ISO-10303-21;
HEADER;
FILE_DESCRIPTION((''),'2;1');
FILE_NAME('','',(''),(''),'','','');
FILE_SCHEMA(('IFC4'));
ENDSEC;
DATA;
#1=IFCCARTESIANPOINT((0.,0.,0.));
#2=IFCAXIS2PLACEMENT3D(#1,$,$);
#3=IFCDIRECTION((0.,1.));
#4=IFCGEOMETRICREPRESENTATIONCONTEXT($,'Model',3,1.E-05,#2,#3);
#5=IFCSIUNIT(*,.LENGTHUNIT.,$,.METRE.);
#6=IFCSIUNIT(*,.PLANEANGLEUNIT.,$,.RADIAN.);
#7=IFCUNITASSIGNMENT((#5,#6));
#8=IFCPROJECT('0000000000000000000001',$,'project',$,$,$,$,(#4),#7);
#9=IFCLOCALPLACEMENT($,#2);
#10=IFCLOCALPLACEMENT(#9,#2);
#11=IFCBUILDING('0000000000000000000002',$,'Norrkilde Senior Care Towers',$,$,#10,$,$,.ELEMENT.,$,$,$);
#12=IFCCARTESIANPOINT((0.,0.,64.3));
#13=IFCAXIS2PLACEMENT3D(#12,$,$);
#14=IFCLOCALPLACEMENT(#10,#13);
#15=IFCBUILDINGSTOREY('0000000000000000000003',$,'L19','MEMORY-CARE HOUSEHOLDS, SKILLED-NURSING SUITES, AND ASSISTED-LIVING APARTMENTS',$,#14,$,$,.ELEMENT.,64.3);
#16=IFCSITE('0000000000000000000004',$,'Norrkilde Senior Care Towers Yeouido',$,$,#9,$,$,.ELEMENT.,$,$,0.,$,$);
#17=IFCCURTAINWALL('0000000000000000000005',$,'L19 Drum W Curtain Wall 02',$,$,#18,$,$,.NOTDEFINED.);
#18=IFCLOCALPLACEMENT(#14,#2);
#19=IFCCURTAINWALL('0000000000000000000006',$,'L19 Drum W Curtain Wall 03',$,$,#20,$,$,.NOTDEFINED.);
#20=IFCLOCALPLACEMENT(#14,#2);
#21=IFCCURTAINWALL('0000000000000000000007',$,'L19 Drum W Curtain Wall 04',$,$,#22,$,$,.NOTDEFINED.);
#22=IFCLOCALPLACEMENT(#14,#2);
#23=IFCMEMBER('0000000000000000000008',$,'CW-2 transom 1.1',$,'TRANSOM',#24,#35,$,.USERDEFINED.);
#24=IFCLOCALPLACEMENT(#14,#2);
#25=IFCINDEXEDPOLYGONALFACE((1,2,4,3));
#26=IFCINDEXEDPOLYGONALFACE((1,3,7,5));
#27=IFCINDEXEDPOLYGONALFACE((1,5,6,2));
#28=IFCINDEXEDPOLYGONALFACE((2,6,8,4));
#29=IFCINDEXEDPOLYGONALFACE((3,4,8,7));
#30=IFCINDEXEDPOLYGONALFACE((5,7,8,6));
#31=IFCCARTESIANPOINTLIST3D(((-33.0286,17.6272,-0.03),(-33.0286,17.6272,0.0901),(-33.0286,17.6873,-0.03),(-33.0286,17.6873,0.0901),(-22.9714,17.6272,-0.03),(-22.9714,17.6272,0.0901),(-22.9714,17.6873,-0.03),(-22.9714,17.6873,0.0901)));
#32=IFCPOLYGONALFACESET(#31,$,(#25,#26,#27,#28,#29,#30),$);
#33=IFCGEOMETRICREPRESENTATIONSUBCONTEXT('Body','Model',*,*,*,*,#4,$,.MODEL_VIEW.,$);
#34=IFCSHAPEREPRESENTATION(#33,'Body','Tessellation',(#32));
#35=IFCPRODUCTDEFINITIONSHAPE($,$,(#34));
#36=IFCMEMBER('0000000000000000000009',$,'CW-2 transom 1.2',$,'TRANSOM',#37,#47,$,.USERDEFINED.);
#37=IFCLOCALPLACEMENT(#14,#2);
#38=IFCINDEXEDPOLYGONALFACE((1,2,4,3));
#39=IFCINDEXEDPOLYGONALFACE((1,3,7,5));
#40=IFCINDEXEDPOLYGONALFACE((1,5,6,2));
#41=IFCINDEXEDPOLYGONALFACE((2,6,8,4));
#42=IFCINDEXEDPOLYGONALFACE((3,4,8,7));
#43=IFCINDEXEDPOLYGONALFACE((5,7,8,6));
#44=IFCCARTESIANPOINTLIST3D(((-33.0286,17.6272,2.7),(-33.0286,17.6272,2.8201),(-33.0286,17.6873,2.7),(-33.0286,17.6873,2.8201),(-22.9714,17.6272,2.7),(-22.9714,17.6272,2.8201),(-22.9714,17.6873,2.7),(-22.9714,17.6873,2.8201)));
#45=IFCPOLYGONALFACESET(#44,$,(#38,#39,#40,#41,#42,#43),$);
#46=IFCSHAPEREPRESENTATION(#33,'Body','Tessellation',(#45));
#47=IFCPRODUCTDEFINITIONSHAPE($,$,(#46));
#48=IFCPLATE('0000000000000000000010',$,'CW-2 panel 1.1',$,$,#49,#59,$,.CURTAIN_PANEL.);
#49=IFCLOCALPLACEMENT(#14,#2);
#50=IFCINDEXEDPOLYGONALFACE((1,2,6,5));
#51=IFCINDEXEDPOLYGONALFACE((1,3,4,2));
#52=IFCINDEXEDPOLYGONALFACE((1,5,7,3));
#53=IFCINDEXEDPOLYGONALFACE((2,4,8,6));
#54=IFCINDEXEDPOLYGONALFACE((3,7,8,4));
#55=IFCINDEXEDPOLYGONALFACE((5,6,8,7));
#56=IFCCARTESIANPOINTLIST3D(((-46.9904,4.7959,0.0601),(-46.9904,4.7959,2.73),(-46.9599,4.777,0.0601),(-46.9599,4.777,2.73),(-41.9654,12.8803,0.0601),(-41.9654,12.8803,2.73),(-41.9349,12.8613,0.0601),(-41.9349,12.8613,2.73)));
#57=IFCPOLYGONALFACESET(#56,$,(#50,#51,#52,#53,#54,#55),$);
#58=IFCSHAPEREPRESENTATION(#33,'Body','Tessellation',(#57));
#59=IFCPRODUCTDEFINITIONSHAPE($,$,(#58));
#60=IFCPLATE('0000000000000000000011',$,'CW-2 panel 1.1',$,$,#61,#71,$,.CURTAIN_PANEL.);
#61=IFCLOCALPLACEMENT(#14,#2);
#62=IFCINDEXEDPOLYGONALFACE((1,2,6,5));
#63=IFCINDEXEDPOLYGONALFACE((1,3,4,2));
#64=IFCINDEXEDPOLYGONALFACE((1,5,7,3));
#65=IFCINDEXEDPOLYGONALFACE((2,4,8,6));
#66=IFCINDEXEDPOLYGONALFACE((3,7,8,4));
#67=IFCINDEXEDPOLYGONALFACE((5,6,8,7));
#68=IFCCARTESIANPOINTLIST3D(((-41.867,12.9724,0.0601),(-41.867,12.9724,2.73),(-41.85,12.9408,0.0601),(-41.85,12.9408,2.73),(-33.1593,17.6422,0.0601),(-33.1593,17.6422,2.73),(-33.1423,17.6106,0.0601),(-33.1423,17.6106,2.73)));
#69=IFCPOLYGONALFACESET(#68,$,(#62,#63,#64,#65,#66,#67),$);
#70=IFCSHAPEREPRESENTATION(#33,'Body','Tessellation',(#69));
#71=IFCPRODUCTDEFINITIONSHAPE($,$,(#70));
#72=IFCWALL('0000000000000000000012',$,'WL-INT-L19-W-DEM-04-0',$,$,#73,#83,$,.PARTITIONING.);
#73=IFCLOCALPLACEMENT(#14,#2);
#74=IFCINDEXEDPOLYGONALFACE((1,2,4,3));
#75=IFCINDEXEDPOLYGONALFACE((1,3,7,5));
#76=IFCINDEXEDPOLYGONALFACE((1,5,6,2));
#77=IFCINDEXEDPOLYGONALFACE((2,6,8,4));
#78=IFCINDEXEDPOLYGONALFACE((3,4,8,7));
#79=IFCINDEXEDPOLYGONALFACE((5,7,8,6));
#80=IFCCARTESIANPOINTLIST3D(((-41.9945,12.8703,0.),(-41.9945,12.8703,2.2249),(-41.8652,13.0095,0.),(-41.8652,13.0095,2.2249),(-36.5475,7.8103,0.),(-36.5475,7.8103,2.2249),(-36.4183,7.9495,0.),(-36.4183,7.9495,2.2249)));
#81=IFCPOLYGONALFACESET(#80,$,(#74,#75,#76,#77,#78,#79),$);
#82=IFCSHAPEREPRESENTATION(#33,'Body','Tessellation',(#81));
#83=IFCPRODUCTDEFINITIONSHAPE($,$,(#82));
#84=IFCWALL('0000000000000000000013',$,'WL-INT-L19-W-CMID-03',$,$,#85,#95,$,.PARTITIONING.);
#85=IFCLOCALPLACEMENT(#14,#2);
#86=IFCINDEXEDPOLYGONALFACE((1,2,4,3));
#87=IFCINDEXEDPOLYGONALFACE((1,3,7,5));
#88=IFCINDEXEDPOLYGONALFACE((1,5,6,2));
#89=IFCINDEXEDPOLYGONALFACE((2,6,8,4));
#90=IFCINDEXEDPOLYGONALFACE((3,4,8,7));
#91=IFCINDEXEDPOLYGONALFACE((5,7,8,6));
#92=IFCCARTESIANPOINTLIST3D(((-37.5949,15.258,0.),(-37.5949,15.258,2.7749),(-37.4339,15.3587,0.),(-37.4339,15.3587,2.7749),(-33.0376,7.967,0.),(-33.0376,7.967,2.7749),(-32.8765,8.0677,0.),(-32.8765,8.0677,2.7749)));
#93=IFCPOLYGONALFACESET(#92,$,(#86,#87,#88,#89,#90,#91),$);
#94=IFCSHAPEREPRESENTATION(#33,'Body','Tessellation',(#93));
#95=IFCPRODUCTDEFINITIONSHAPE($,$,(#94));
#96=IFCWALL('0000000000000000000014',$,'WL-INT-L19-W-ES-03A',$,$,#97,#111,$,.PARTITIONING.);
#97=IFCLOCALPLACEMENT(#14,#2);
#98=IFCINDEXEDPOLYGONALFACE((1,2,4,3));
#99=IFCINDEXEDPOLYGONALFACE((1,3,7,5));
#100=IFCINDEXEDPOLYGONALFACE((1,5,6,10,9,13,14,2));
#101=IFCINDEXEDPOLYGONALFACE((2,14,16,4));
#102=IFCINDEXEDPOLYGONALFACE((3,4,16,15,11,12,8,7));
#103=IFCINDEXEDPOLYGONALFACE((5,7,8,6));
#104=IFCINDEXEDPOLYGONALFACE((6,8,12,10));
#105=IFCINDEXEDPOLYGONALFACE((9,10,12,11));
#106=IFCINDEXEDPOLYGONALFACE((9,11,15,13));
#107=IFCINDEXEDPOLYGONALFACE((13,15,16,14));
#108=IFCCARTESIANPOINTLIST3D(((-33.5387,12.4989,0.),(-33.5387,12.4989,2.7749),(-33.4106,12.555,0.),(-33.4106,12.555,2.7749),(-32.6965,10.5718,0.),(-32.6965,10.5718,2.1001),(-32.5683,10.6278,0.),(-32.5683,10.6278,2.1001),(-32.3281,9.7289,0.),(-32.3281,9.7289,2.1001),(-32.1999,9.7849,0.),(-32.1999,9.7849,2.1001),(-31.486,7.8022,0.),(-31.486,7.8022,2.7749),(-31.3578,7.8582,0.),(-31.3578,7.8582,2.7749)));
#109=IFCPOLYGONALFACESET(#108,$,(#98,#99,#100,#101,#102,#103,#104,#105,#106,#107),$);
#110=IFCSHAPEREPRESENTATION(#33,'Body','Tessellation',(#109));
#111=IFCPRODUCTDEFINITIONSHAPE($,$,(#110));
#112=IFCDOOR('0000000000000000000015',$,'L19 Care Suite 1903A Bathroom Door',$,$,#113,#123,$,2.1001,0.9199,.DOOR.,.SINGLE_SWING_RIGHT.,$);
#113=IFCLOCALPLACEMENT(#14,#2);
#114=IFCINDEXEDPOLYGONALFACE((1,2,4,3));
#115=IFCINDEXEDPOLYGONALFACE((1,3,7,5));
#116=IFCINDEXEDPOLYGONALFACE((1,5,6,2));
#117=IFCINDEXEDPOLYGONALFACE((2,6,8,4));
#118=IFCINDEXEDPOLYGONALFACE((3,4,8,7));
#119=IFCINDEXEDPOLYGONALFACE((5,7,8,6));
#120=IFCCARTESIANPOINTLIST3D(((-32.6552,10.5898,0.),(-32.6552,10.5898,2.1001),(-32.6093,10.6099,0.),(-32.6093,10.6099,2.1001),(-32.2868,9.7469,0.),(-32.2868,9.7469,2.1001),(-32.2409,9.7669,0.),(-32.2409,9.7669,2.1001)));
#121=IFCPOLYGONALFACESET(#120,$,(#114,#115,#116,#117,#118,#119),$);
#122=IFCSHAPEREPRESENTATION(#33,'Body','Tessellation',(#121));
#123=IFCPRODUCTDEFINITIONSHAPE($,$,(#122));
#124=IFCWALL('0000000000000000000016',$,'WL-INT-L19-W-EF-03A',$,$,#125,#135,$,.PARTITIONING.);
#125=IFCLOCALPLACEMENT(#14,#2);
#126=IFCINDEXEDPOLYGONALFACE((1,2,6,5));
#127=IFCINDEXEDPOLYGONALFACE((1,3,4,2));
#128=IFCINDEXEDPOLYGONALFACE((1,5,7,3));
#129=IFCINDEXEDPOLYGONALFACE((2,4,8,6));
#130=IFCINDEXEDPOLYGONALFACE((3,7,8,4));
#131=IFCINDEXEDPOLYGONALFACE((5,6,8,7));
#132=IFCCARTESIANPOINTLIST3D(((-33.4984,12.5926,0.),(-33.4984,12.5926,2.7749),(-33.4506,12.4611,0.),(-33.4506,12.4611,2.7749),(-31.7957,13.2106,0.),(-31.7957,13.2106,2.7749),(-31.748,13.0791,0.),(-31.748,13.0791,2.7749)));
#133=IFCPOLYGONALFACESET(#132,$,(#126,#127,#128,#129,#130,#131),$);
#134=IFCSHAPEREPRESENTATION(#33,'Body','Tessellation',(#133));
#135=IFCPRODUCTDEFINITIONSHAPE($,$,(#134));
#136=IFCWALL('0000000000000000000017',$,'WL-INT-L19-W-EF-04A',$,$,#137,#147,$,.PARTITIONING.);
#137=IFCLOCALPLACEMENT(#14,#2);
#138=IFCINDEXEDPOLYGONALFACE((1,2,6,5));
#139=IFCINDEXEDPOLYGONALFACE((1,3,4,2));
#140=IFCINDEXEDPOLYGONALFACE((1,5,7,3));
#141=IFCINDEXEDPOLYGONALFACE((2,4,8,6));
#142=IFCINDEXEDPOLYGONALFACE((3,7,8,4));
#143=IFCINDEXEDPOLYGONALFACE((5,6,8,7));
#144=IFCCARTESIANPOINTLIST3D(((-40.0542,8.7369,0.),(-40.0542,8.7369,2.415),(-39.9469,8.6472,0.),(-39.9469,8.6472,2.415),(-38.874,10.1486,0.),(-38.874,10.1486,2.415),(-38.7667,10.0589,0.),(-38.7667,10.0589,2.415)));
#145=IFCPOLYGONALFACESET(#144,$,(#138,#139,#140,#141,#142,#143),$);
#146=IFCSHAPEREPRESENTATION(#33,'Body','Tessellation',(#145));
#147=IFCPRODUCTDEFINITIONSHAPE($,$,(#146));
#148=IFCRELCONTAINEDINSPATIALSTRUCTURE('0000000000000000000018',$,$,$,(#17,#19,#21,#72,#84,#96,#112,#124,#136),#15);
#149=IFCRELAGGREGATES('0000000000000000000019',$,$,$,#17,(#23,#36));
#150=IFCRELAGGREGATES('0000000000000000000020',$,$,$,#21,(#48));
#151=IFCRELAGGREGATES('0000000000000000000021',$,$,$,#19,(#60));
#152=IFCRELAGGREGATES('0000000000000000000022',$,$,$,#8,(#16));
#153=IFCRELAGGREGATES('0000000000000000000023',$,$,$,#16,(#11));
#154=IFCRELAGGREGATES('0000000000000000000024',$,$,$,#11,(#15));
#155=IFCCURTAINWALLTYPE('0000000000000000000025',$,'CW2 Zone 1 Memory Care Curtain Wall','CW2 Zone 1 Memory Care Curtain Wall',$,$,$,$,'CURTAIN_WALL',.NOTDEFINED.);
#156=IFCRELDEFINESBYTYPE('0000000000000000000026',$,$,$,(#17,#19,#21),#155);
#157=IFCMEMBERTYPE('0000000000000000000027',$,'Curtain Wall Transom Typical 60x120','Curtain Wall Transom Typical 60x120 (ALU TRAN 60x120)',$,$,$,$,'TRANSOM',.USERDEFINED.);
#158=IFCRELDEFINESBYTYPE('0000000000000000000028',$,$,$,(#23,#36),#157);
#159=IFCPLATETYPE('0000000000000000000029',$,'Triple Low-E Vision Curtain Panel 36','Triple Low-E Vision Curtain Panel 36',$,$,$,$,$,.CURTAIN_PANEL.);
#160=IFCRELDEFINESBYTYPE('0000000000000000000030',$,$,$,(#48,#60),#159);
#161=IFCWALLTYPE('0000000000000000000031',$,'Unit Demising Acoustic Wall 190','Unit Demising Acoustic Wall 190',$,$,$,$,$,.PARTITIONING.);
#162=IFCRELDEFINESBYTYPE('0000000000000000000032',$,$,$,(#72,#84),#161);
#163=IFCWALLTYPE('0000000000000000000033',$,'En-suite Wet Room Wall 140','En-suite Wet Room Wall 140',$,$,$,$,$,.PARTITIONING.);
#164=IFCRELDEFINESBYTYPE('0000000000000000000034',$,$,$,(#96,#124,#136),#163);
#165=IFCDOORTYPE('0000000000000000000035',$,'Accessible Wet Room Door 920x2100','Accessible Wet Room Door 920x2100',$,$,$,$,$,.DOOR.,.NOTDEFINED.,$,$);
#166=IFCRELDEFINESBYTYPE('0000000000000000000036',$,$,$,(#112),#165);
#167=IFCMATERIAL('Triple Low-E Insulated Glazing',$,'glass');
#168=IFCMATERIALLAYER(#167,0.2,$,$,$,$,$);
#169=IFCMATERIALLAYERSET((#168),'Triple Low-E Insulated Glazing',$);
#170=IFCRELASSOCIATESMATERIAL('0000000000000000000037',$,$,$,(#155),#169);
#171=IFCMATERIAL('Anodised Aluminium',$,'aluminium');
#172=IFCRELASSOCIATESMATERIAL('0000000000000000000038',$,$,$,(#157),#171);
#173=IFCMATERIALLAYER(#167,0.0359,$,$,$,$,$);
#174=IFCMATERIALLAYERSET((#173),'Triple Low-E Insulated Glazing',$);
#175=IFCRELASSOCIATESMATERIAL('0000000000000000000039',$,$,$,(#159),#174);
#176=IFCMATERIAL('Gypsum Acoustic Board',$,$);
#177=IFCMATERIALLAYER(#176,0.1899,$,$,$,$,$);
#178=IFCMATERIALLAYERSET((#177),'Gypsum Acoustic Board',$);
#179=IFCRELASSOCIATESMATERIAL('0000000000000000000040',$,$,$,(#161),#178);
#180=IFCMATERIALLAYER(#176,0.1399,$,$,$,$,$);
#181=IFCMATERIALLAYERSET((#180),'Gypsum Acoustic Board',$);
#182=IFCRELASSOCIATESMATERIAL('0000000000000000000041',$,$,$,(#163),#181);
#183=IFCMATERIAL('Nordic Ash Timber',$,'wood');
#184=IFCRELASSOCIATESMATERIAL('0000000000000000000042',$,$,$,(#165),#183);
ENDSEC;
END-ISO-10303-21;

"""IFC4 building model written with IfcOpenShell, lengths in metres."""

from ifc_helpers import new_model, si_unit, direction, frame, frame_2d, origin, origin_2d, place, context, subcontext, project, spatial, rectangle, extrude, source, transform, mapped, material, layer, layer_set, material_profile, profile_set, type_object, type_shapes, element, fill, aggregate, save


model = new_model("IFC4")

# Units and contexts
model_context = context("Model", 3, precision=1e-05, world=origin(), true_north=direction((0.0, 1.0)))
body_context = subcontext(model_context, "Body", "Model", "MODEL_VIEW")
ifc_project = project(units=[si_unit("LENGTHUNIT", "METRE"), si_unit("PLANEANGLEUNIT", "RADIAN")], contexts=[model_context])

# Site, building, storey
site_placement = place(None, origin())
site = spatial("IfcSite", under=ifc_project, at=site_placement, Name="Norrkilde Senior Care Towers Yeouido", CompositionType="ELEMENT", RefElevation=0.0)
building_placement = place(site_placement, origin())
building = spatial("IfcBuilding", under=site, at=building_placement, Name="Norrkilde Senior Care Towers", CompositionType="ELEMENT")
storey_placement = place(building_placement, frame((0.0, 0.0, 64.3)))
storey = spatial("IfcBuildingStorey", under=building, at=storey_placement, Name="L19", Description="MEMORY-CARE HOUSEHOLDS, SKILLED-NURSING SUITES, AND ASSISTED-LIVING APARTMENTS", CompositionType="ELEMENT", Elevation=64.3)

# Curtain wall
ifc_material_1 = material(Name="Triple Low-E Insulated Glazing", Category="glass")
ifc_layer_1 = layer(ifc_material_1, 0.2)
ifc_layer_set_1 = layer_set([ifc_layer_1], Name="Triple Low-E Insulated Glazing")
curtain_wall_type = type_object("IfcCurtainWallType", Name="CW2 Zone 1 Memory Care Curtain Wall", Description="CW2 Zone 1 Memory Care Curtain Wall", ElementType="CURTAIN_WALL", PredefinedType="NOTDEFINED", material=ifc_layer_set_1)
curtain_wall_1_placement = place(storey_placement, origin())
curtain_wall_1 = element("IfcCurtainWall", 1, at=curtain_wall_1_placement, inside=storey, type_object=curtain_wall_type, Name="L19 Drum W Curtain Wall 02", PredefinedType="NOTDEFINED")
ifc_material_2 = material(Name="Anodised Aluminium", Category="aluminium")

# Curtain wall
curtain_wall_2_placement = place(storey_placement, origin())
curtain_wall_2 = element("IfcCurtainWall", 2, at=curtain_wall_2_placement, inside=storey, type_object=curtain_wall_type, Name="L19 Drum W Curtain Wall 03", PredefinedType="NOTDEFINED")

# Curtain wall
curtain_wall_3_placement = place(storey_placement, origin())
curtain_wall_3 = element("IfcCurtainWall", 3, at=curtain_wall_3_placement, inside=storey, type_object=curtain_wall_type, Name="L19 Drum W Curtain Wall 04", PredefinedType="NOTDEFINED")

# Members
ifc_material_profile_1 = material_profile(ifc_material_2, rectangle(XDim=0.0601, YDim=0.1201, at=origin_2d()), Name="ALU TRAN 60x120")
ifc_profile_set_1 = profile_set([ifc_material_profile_1], Name="Anodised Aluminium")
member_type_1 = type_object("IfcMemberType", Name="Curtain Wall Transom Typical 60x120", Description="Curtain Wall Transom Typical 60x120 (ALU TRAN 60x120)", ElementType="TRANSOM", PredefinedType="USERDEFINED", material=ifc_profile_set_1)
shared_shape_1 = source(origin(), body_context, "Body", "SweptSolid", [
    extrude(rectangle(XDim=0.0601, YDim=0.1201, at=origin_2d()), origin(), (0.0, 0.0, 1.0), 10.0571),
])
member_1_placement = place(storey_placement, frame((-33.0286, 17.6572, 0.03), z_axis=(1.0, 0.0, 0.0), x_axis=(0.0, 1.0, 0.0)))
member_1 = element("IfcMember", 4, at=member_1_placement, type_object=member_type_1, Name="CW-2 transom 1.1", ObjectType="TRANSOM", PredefinedType="USERDEFINED", context=body_context, shape_type="MappedRepresentation", body=[
    mapped(shared_shape_1, transform((0.0, 0.0, 0.0), x_axis=(1.0, 0.0, 0.0), y_axis=(0.0, 1.0, 0.0), z_axis=(0.0, 0.0, 1.0), scale=1.0)),
])
member_2_placement = place(storey_placement, frame((-33.0286, 17.6572, 2.76), z_axis=(1.0, 0.0, 0.0), x_axis=(0.0, 1.0, 0.0)))
member_2 = element("IfcMember", 5, at=member_2_placement, type_object=member_type_1, Name="CW-2 transom 1.2", ObjectType="TRANSOM", PredefinedType="USERDEFINED", context=body_context, shape_type="MappedRepresentation", body=[
    mapped(shared_shape_1, transform((0.0, 0.0, 0.0), x_axis=(1.0, 0.0, 0.0), y_axis=(0.0, 1.0, 0.0), z_axis=(0.0, 0.0, 1.0), scale=1.0)),
])
aggregate(curtain_wall_1, [member_1, member_2])

# Plates
ifc_layer_2 = layer(ifc_material_1, 0.0359)
ifc_layer_set_2 = layer_set([ifc_layer_2], Name="Triple Low-E Insulated Glazing")
plate_type = type_object("IfcPlateType", Name="Triple Low-E Vision Curtain Panel 36", Description="Triple Low-E Vision Curtain Panel 36", PredefinedType="CURTAIN_PANEL", material=ifc_layer_set_2)
shared_shape_2 = source(origin(), body_context, "Body", "SweptSolid", [
    extrude(rectangle(XDim=9.5188, YDim=0.0359, at=origin_2d()), origin(), (0.0, 0.0, 1.0), 2.6699),
])
plate_1_placement = place(storey_placement, frame((-44.4626, 8.8286, 0.0601), z_axis=(0.0, 0.0, 1.0), x_axis=(0.527901, 0.849306, 0.0)))
plate_1 = element("IfcPlate", 6, at=plate_1_placement, type_object=plate_type, Name="CW-2 panel 1.1", PredefinedType="CURTAIN_PANEL", context=body_context, shape_type="MappedRepresentation", body=[
    mapped(shared_shape_2, transform((0.0, 0.0, 0.0), x_axis=(1.0, 0.0, 0.0), y_axis=(0.0, 1.0, 0.0), z_axis=(0.0, 0.0, 1.0), scale=1.0)),
])
aggregate(curtain_wall_3, [plate_1])
shared_shape_3 = source(origin(), body_context, "Body", "SweptSolid", [
    extrude(rectangle(XDim=9.8809, YDim=0.0359, at=origin_2d()), origin(), (0.0, 0.0, 1.0), 2.6699),
])
type_shapes(plate_type, [shared_shape_2, shared_shape_3])
plate_2_placement = place(storey_placement, frame((-37.5046, 15.2915, 0.0601), z_axis=(0.0, 0.0, 1.0), x_axis=(0.881273, 0.472608, 0.0)))
plate_2 = element("IfcPlate", 7, at=plate_2_placement, type_object=plate_type, Name="CW-2 panel 1.1", PredefinedType="CURTAIN_PANEL", context=body_context, shape_type="MappedRepresentation", body=[
    mapped(shared_shape_3, transform((0.0, 0.0, 0.0), x_axis=(1.0, 0.0, 0.0), y_axis=(0.0, 1.0, 0.0), z_axis=(0.0, 0.0, 1.0), scale=1.0)),
])
aggregate(curtain_wall_2, [plate_2])

# Shared definitions
ifc_material_3 = material(Name="Gypsum Acoustic Board")
ifc_material_4 = material(Name="Nordic Ash Timber", Category="wood")

# Walls
ifc_layer_3 = layer(ifc_material_3, 0.1899)
ifc_layer_set_3 = layer_set([ifc_layer_3], Name="Gypsum Acoustic Board")
wall_type_1 = type_object("IfcWallType", Name="Unit Demising Acoustic Wall 190", Description="Unit Demising Acoustic Wall 190", PredefinedType="PARTITIONING", material=ifc_layer_set_3)
shared_shape_4 = source(origin(), body_context, "Body", "SweptSolid", [
    extrude(rectangle(XDim=7.4346, YDim=0.1899, at=frame_2d((3.7173, 0.0))), origin(), (0.0, 0.0, 1.0), 2.2249),
])
wall_1_placement = place(storey_placement, frame((-36.4829, 7.8799, 0.0), z_axis=(0.0, 0.0, 1.0), x_axis=(-0.732652, 0.680603, 0.0)))
element("IfcWall", 8, at=wall_1_placement, inside=storey, type_object=wall_type_1, Name="WL-INT-L19-W-DEM-04-0", PredefinedType="PARTITIONING", context=body_context, shape_type="MappedRepresentation", body=[
    mapped(shared_shape_4, transform((0.0, 0.0, 0.0), x_axis=(1.0, 0.0, 0.0), y_axis=(0.0, 1.0, 0.0), z_axis=(0.0, 0.0, 1.0), scale=1.0)),
])
shared_shape_5 = source(origin(), body_context, "Body", "SweptSolid", [
    extrude(rectangle(XDim=8.5981, YDim=0.1899, at=frame_2d((4.2991, 0.0))), origin(), (0.0, 0.0, 1.0), 2.7749),
])
type_shapes(wall_type_1, [shared_shape_4, shared_shape_5])
wall_2_placement = place(storey_placement, frame((-32.957, 8.0173, 0.0), z_axis=(0.0, 0.0, 1.0), x_axis=(-0.53004, 0.847973, 0.0)))
element("IfcWall", 9, at=wall_2_placement, inside=storey, type_object=wall_type_1, Name="WL-INT-L19-W-CMID-03", PredefinedType="PARTITIONING", context=body_context, shape_type="MappedRepresentation", body=[
    mapped(shared_shape_5, transform((0.0, 0.0, 0.0), x_axis=(1.0, 0.0, 0.0), y_axis=(0.0, 1.0, 0.0), z_axis=(0.0, 0.0, 1.0), scale=1.0)),
])

# Wall, opening, door
ifc_layer_4 = layer(ifc_material_3, 0.1399)
ifc_layer_set_4 = layer_set([ifc_layer_4], Name="Gypsum Acoustic Board")
wall_type_2 = type_object("IfcWallType", Name="En-suite Wet Room Wall 140", Description="En-suite Wet Room Wall 140", PredefinedType="PARTITIONING", material=ifc_layer_set_4)
shared_shape_6 = source(origin(), body_context, "Body", "SweptSolid", [
    extrude(rectangle(XDim=5.1257, YDim=0.1399, at=frame_2d((2.563, 0.0))), origin(), (0.0, 0.0, 1.0), 2.7749),
])
wall_3_placement = place(storey_placement, frame((-31.4219, 7.8301, 0.0), z_axis=(0.0, 0.0, 1.0), x_axis=(-0.400474, 0.916308, 0.0)))
wall_3 = element("IfcWall", 10, at=wall_3_placement, inside=storey, type_object=wall_type_2, Name="WL-INT-L19-W-ES-03A", PredefinedType="PARTITIONING", context=body_context, shape_type="MappedRepresentation", body=[
    mapped(shared_shape_6, transform((0.0, 0.0, 0.0), x_axis=(1.0, 0.0, 0.0), y_axis=(0.0, 1.0, 0.0), z_axis=(0.0, 0.0, 1.0), scale=1.0)),
])
opening_1_placement = place(wall_3_placement, frame((2.1028, 0.0, 0.0)))
opening_1 = element("IfcOpeningElement", 11, at=opening_1_placement, cuts=wall_3, PredefinedType="OPENING", context=body_context, shape_type="SweptSolid", body=[
    extrude(rectangle(XDim=0.9199, YDim=2.1001, at=frame_2d((0.46, 1.05))), frame((0.0, 0.0798, 0.0), z_axis=(0.0, -1.0, 0.0), x_axis=(1.0, 0.0, 0.0)), (0.0, 0.0, 1.0), 0.1599),
])
door_type_1 = type_object("IfcDoorType", Name="Accessible Wet Room Door 920x2100", Description="Accessible Wet Room Door 920x2100", OperationType="NOTDEFINED", PredefinedType="DOOR", material=ifc_material_4)
shared_shape_7 = source(origin(), body_context, "Body", "SweptSolid", [
    extrude(rectangle(XDim=0.9199, YDim=2.1001, at=frame_2d((0.46, 1.05))), frame((0.0, 0.0249, 0.0), z_axis=(0.0, -1.0, 0.0), x_axis=(1.0, 0.0, 0.0)), (0.0, 0.0, 1.0), 0.05),
])
type_shapes(door_type_1, [shared_shape_7])
door_1_placement = place(opening_1_placement, origin())
door_1 = element("IfcDoor", 12, at=door_1_placement, inside=storey, type_object=door_type_1, Name="L19 Care Suite 1903A Bathroom Door", OperationType="SINGLE_SWING_RIGHT", OverallHeight=2.1001, OverallWidth=0.9199, PredefinedType="DOOR", context=body_context, shape_type="MappedRepresentation", body=[
    mapped(shared_shape_7, transform((0.0, 0.0, 0.0), x_axis=(1.0, 0.0, 0.0), y_axis=(0.0, 1.0, 0.0), z_axis=(0.0, 0.0, 1.0), scale=1.0)),
])
fill(opening_1, door_1)

# Walls
shared_shape_8 = source(origin(), body_context, "Body", "SweptSolid", [
    extrude(rectangle(XDim=1.8113, YDim=0.1399, at=frame_2d((0.9058, 0.0))), origin(), (0.0, 0.0, 1.0), 2.7749),
])
wall_4_placement = place(storey_placement, frame((-33.4746, 12.5269, 0.0), z_axis=(0.0, 0.0, 1.0), x_axis=(0.94001, 0.341148, 0.0)))
element("IfcWall", 13, at=wall_4_placement, inside=storey, type_object=wall_type_2, Name="WL-INT-L19-W-EF-03A", PredefinedType="PARTITIONING", context=body_context, shape_type="MappedRepresentation", body=[
    mapped(shared_shape_8, transform((0.0, 0.0, 0.0), x_axis=(1.0, 0.0, 0.0), y_axis=(0.0, 1.0, 0.0), z_axis=(0.0, 0.0, 1.0), scale=1.0)),
])
shared_shape_9 = source(origin(), body_context, "Body", "SweptSolid", [
    extrude(rectangle(XDim=1.8401, YDim=0.1399, at=frame_2d((0.9199, 0.0))), origin(), (0.0, 0.0, 1.0), 2.415),
])
wall_5_placement = place(storey_placement, frame((-40.0005, 8.6921, 0.0), z_axis=(0.0, 0.0, 1.0), x_axis=(0.64141, 0.767198, 0.0)))
element("IfcWall", 14, at=wall_5_placement, inside=storey, type_object=wall_type_2, Name="WL-INT-L19-W-EF-04A", PredefinedType="PARTITIONING", context=body_context, shape_type="MappedRepresentation", body=[
    mapped(shared_shape_9, transform((0.0, 0.0, 0.0), x_axis=(1.0, 0.0, 0.0), y_axis=(0.0, 1.0, 0.0), z_axis=(0.0, 0.0, 1.0), scale=1.0)),
])

save(model, "model.ifc")
